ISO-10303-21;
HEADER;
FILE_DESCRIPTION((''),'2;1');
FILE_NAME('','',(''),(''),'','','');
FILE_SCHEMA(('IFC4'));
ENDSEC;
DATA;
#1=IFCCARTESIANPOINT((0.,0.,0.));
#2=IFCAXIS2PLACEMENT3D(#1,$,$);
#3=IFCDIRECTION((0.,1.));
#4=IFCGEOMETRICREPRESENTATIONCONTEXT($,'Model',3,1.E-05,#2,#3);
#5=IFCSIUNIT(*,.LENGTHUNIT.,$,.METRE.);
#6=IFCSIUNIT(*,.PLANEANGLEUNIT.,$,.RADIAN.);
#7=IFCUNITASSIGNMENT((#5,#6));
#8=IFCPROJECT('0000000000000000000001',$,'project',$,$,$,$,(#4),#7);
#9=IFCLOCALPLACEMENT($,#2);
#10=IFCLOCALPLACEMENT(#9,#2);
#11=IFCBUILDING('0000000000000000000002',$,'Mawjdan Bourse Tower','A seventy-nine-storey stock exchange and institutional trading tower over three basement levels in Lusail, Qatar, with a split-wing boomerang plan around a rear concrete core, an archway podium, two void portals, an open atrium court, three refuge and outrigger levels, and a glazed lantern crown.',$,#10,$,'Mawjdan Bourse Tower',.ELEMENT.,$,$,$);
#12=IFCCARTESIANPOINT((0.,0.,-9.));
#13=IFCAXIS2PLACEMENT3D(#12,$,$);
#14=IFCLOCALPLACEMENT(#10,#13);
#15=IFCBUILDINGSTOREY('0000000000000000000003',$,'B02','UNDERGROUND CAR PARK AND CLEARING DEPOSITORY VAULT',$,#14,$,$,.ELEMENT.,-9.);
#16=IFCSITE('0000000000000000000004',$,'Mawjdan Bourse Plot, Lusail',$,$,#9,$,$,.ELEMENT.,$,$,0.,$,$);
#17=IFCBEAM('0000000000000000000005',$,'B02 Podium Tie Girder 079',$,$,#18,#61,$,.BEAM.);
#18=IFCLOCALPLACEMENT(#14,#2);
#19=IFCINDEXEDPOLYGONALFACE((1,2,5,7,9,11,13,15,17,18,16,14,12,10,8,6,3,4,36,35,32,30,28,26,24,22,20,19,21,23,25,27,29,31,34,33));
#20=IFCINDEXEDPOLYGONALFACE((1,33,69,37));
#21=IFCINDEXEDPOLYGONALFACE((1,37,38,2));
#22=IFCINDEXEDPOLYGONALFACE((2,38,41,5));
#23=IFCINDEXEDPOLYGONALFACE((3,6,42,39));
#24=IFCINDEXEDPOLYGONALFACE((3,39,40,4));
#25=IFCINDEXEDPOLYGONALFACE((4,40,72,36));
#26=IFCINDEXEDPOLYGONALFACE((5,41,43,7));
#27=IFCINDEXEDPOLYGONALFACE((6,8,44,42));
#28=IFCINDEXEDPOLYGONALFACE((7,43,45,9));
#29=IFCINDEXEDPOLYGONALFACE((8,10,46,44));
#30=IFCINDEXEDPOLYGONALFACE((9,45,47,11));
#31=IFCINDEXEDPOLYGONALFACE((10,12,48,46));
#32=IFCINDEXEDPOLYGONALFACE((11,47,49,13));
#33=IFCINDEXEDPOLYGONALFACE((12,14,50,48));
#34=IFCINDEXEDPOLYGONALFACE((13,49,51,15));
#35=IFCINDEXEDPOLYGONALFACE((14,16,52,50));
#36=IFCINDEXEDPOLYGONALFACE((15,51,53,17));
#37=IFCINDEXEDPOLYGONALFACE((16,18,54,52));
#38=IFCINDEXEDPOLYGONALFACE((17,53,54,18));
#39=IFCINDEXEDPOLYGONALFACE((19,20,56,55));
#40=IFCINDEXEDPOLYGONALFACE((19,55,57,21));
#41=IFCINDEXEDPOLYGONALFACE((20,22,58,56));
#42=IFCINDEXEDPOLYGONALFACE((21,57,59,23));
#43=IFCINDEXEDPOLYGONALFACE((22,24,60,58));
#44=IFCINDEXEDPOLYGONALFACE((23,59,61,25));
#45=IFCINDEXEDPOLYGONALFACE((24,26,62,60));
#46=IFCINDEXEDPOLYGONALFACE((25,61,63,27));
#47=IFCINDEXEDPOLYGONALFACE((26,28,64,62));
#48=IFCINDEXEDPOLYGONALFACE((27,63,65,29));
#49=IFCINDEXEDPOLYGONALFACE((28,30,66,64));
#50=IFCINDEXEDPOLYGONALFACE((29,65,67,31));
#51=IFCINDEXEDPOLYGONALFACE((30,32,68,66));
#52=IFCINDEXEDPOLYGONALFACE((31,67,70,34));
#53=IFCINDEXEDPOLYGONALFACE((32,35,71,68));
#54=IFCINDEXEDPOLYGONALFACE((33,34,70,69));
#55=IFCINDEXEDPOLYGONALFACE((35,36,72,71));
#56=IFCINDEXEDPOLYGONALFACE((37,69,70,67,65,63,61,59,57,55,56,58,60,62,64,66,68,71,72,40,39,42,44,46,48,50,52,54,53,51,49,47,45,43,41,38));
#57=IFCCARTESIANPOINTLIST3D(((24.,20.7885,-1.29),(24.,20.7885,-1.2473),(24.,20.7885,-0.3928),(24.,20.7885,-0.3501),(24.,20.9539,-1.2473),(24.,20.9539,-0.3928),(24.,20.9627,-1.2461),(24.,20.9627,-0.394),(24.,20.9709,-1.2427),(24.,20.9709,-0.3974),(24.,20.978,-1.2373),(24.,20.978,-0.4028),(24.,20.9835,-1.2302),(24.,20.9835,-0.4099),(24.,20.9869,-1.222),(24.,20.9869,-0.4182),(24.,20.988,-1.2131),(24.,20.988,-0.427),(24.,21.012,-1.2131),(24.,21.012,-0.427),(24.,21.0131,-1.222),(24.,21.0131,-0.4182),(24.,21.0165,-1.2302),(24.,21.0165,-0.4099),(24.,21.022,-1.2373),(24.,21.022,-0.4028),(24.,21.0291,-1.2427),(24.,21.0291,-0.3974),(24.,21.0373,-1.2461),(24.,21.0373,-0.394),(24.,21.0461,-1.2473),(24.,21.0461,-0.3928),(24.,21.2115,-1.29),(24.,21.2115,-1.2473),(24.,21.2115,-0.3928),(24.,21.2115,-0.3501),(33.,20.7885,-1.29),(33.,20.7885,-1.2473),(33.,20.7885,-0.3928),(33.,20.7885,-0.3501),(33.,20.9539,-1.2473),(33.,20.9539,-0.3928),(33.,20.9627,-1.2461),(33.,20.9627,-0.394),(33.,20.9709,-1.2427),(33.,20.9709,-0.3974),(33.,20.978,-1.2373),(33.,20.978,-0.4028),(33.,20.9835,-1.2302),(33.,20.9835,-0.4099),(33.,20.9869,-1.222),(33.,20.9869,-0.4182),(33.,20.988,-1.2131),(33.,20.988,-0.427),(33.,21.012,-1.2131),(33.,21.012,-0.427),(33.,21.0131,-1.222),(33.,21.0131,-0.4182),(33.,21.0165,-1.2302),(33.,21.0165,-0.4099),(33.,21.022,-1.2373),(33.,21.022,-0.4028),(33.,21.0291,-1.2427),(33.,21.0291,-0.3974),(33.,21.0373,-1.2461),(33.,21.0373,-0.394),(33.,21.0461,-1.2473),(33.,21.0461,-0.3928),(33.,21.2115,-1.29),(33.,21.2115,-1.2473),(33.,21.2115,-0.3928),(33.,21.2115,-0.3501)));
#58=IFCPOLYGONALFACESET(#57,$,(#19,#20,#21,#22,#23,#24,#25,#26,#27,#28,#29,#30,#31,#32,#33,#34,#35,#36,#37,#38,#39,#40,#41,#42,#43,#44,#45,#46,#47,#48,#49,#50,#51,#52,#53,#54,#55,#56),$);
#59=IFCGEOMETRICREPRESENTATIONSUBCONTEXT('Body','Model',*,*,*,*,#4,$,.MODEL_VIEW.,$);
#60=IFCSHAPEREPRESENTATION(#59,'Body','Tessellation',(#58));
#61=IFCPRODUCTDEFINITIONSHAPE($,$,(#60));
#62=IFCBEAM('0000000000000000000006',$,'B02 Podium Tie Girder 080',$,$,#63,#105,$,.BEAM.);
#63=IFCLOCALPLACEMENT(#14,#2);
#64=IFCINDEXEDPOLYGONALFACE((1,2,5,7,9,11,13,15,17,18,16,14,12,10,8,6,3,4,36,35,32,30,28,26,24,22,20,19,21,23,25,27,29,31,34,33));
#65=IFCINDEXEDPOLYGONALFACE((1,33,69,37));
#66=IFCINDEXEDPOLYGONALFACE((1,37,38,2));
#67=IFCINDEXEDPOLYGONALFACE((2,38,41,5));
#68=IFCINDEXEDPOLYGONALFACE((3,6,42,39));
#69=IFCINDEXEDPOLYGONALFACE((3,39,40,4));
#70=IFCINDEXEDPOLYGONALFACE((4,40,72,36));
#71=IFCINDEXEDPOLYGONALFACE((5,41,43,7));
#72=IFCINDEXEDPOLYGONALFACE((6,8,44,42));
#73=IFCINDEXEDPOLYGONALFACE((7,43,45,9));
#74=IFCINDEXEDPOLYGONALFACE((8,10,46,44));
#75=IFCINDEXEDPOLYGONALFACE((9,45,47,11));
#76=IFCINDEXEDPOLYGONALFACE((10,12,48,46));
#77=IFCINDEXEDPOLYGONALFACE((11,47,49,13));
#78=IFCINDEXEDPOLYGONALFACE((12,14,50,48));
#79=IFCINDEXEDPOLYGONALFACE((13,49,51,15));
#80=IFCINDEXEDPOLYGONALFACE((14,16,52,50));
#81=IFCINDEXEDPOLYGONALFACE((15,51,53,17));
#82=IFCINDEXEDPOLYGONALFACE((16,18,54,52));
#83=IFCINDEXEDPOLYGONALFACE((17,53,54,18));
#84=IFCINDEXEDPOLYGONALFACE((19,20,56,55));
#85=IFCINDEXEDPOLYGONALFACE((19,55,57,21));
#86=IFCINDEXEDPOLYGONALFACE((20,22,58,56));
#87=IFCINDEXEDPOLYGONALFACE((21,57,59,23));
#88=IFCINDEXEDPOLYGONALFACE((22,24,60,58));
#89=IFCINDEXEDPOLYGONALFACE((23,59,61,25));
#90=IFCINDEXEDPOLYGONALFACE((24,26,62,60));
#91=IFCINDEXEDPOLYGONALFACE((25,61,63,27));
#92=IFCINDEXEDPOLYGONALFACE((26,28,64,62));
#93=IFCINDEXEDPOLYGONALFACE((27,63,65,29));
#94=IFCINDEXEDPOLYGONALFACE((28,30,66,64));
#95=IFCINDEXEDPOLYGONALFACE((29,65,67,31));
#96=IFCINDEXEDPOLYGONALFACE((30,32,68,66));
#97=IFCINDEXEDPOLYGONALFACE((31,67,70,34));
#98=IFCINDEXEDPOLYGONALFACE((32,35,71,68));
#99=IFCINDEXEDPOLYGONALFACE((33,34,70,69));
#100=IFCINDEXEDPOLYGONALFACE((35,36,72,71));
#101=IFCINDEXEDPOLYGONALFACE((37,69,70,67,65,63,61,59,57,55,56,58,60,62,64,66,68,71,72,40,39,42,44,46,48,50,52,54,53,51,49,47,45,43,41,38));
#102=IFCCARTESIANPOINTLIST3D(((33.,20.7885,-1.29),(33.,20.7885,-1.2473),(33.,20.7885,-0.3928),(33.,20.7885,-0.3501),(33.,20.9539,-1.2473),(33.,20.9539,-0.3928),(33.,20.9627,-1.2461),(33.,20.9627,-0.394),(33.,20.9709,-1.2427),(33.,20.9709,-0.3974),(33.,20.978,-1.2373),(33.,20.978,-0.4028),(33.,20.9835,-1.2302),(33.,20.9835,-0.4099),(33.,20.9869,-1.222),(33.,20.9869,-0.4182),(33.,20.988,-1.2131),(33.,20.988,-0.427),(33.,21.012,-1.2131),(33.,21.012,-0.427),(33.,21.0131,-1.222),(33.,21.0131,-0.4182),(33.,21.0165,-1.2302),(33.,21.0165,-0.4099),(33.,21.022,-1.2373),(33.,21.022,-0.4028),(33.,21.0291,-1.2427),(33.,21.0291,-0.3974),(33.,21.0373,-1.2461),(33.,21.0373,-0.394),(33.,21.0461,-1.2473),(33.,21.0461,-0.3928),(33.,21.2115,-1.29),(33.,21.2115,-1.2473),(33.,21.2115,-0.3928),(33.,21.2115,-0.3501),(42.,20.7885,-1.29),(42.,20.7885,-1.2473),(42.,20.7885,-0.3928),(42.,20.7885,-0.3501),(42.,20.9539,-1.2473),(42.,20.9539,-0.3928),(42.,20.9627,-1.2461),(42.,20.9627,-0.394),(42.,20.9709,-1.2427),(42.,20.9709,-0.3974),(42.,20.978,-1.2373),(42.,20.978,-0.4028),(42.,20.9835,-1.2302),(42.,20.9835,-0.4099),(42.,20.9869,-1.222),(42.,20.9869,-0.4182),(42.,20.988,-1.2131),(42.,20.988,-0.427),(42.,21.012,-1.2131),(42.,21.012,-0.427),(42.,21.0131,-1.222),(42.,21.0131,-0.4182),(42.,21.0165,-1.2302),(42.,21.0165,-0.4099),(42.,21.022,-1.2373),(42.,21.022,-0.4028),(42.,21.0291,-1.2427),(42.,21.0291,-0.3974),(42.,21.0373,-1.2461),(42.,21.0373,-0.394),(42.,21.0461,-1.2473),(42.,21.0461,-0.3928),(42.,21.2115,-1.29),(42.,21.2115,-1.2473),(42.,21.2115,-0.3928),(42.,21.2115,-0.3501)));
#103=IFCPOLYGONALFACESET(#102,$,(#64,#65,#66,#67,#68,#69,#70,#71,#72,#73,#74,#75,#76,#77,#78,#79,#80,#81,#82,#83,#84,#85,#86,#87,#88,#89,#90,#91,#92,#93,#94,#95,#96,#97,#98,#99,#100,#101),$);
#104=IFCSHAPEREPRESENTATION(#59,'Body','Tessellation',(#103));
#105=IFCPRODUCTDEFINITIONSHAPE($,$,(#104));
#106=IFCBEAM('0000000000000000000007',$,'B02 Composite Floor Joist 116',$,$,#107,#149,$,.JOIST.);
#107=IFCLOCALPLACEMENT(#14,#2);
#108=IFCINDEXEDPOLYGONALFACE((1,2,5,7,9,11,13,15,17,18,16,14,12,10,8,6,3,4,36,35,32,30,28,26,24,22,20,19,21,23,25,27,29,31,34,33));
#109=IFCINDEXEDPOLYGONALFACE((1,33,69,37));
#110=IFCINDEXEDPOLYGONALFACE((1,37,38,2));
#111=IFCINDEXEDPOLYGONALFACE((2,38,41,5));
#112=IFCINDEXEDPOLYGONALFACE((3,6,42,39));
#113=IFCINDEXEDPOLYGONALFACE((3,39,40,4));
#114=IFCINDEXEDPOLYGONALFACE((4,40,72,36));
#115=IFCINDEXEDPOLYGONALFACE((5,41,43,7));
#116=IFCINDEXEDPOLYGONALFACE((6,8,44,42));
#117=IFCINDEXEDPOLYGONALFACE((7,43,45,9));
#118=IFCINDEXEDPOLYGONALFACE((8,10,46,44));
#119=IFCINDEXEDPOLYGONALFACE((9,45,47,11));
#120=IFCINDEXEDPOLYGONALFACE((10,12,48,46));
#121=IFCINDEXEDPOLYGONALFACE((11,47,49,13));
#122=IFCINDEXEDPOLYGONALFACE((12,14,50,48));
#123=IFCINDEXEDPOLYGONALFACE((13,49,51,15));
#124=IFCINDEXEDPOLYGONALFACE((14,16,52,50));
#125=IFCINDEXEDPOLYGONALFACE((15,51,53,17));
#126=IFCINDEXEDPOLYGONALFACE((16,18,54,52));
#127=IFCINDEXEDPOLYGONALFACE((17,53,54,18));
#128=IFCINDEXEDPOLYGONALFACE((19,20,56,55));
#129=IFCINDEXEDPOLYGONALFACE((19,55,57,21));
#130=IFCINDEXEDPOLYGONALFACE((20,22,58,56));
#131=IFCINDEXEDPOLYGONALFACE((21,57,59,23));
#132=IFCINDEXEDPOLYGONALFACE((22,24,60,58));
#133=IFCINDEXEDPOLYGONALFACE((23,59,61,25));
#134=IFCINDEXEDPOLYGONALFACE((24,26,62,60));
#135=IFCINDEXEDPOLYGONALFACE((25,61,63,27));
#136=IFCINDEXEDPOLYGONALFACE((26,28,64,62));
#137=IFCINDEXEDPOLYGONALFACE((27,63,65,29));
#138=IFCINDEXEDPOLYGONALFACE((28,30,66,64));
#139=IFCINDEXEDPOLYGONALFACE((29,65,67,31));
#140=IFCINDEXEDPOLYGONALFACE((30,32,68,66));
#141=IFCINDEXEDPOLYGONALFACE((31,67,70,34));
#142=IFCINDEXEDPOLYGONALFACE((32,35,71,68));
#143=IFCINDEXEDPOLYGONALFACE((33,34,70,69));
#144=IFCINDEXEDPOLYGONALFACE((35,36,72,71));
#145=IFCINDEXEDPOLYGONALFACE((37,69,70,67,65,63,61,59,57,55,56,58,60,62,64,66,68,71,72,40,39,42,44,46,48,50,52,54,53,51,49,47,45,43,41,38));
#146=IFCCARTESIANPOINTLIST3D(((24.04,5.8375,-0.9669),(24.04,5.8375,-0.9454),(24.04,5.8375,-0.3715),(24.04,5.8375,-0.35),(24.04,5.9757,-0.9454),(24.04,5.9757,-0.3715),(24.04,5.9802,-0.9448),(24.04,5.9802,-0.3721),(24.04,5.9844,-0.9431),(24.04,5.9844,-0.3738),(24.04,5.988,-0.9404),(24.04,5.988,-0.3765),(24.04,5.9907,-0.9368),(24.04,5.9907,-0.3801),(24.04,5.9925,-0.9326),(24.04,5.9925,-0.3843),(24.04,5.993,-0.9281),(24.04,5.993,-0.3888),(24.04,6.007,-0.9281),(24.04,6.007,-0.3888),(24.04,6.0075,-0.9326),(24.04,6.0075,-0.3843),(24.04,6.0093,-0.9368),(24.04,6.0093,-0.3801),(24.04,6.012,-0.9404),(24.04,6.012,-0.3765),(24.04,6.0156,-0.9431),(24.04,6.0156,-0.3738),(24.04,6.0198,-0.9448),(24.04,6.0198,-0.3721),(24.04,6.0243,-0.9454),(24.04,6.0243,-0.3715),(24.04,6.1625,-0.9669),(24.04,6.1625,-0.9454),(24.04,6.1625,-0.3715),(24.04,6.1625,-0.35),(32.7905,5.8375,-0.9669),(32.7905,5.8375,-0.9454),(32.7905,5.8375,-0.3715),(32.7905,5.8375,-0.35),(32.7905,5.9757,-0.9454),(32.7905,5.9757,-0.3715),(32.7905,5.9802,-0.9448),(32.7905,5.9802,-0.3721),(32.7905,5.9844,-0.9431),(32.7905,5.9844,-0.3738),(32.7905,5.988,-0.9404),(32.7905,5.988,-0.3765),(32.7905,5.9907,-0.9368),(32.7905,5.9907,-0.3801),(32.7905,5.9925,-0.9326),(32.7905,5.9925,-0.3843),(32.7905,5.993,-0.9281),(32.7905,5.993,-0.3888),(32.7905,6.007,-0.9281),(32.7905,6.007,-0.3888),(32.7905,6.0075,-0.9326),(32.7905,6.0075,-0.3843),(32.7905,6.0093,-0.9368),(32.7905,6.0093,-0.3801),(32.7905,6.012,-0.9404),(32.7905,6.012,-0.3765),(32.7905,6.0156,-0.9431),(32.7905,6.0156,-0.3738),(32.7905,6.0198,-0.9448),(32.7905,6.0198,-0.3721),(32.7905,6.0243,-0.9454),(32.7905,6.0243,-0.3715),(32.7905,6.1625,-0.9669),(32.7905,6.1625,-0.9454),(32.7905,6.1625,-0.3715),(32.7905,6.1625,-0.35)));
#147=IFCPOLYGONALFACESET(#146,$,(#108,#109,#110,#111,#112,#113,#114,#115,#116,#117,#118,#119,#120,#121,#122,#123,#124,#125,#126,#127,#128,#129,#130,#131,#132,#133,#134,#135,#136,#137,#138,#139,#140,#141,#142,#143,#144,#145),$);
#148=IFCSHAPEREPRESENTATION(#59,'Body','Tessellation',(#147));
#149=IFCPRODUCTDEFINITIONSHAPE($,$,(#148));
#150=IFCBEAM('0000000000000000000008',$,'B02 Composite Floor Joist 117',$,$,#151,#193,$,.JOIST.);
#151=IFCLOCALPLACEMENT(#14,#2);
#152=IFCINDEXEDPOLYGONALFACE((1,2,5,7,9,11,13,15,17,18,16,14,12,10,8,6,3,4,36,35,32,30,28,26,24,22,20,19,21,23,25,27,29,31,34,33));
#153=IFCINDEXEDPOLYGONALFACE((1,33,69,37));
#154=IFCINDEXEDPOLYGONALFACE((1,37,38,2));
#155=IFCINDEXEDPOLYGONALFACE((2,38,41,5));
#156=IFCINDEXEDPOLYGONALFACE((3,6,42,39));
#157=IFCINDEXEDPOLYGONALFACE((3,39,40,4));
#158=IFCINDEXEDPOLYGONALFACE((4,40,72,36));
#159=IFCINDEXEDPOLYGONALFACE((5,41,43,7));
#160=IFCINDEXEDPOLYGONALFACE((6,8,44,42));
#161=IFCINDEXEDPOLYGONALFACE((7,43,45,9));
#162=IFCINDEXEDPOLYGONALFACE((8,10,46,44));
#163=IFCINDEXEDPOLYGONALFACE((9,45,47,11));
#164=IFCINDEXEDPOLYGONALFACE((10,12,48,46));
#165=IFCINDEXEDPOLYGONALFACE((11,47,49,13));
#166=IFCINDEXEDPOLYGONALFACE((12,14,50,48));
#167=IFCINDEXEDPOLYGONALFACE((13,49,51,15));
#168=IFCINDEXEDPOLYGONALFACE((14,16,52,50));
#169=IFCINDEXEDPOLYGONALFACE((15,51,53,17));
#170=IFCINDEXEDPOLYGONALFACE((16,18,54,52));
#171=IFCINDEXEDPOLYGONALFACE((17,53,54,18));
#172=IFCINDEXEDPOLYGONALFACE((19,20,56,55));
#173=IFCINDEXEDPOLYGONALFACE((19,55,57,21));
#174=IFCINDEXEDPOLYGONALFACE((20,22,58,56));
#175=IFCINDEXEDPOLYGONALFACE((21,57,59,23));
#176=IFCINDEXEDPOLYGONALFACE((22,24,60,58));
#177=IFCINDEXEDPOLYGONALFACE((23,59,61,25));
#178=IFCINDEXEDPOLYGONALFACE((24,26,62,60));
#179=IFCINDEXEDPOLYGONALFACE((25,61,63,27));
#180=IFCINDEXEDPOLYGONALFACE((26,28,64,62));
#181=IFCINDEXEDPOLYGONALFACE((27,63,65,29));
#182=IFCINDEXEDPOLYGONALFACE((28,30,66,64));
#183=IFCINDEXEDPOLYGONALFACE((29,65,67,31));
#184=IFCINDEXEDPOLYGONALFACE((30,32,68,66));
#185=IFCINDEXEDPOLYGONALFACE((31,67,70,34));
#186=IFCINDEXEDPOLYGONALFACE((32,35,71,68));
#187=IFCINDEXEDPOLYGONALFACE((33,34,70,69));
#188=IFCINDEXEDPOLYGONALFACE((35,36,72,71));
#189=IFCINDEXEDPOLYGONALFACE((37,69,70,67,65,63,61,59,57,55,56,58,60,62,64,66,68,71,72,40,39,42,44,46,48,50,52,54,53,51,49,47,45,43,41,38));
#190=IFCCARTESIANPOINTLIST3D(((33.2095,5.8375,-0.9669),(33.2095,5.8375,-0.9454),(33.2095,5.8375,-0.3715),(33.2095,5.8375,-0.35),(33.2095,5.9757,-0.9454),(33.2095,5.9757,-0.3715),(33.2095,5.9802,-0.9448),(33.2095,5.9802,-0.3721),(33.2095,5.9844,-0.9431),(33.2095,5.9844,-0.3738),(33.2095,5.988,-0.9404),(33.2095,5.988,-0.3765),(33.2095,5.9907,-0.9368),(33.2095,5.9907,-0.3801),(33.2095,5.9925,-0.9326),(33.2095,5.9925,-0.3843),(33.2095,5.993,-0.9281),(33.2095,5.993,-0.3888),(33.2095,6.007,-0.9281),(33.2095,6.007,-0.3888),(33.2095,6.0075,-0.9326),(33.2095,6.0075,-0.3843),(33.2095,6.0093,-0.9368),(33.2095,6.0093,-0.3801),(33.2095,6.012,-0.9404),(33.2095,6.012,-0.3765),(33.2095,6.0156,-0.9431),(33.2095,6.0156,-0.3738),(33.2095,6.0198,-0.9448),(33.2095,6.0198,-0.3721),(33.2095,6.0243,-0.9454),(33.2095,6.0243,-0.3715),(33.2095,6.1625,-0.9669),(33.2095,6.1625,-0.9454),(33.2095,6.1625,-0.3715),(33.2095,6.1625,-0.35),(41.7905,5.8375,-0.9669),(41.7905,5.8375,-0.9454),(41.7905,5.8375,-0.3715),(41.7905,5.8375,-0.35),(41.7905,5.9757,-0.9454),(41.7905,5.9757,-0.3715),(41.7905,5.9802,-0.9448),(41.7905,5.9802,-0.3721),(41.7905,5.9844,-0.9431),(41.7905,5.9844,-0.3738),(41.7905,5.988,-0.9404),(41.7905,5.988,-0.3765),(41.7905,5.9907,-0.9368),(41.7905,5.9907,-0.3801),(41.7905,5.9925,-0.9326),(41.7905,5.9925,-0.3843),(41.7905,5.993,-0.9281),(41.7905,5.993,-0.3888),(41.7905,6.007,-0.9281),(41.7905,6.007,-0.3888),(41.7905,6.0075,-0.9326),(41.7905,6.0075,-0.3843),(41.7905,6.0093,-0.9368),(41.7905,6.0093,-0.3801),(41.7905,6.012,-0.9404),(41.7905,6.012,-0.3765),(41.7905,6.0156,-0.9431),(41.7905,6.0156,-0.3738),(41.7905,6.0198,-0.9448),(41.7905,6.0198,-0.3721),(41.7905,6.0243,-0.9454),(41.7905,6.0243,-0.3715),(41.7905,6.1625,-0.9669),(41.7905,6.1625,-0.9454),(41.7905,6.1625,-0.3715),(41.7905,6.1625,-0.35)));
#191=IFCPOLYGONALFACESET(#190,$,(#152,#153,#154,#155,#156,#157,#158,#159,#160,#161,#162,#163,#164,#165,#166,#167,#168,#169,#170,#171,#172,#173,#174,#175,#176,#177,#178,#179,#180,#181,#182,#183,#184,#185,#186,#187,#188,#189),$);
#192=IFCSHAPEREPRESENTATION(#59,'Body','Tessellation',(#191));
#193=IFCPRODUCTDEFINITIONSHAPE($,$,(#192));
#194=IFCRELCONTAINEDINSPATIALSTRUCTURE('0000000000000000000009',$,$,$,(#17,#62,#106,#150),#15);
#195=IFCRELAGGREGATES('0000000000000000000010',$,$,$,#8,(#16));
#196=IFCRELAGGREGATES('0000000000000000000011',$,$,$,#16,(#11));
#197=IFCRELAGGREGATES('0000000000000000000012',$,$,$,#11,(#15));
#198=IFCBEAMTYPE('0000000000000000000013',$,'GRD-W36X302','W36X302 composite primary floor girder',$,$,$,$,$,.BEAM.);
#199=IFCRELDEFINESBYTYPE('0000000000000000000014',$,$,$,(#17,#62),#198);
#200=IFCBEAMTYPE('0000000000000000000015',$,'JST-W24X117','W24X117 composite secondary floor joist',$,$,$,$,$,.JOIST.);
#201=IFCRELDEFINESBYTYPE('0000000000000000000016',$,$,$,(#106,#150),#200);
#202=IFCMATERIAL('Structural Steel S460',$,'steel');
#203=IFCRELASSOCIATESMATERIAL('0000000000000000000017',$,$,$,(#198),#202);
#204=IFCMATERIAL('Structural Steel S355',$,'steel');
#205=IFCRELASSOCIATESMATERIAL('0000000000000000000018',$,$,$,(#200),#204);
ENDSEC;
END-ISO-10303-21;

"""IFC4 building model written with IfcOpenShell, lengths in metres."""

from ifc_helpers import new_model, si_unit, direction, frame, origin, origin_2d, place, context, subcontext, project, spatial, i_section, extrude, material, material_profile, profile_set, type_object, element, save


model = new_model("IFC4")

# Units and contexts
model_context = context("Model", 3, precision=1e-05, world=origin(), true_north=direction((0.0, 1.0)))
body_context = subcontext(model_context, "Body", "Model", "MODEL_VIEW")
ifc_project = project(units=[si_unit("LENGTHUNIT", "METRE"), si_unit("PLANEANGLEUNIT", "RADIAN")], contexts=[model_context])

# Site, building, storey
site_placement = place(None, origin())
site = spatial("IfcSite", under=ifc_project, at=site_placement, Name="Mawjdan Bourse Plot, Lusail", CompositionType="ELEMENT", RefElevation=0.0)
building_placement = place(site_placement, origin())
building = spatial("IfcBuilding", under=site, at=building_placement, Name="Mawjdan Bourse Tower", Description="A seventy-nine-storey stock exchange and institutional trading tower over three basement levels in Lusail, Qatar, with a split-wing boomerang plan around a rear concrete core, an archway podium, two void portals, an open atrium court, three refuge and outrigger levels, and a glazed lantern crown.", LongName="Mawjdan Bourse Tower", CompositionType="ELEMENT")
storey_placement = place(building_placement, frame((0.0, 0.0, -9.0)))
storey = spatial("IfcBuildingStorey", under=building, at=storey_placement, Name="B02", Description="UNDERGROUND CAR PARK AND CLEARING DEPOSITORY VAULT", CompositionType="ELEMENT", Elevation=-9.0)

# Beams
ifc_material_1 = material(Name="Structural Steel S460", Category="steel")
ifc_material_profile_1 = material_profile(ifc_material_1, i_section(OverallWidth=0.4231, OverallDepth=0.9399, WebThickness=0.0239, FlangeThickness=0.0427, FilletRadius=0.0342, at=origin_2d()), Name="W36X302")
ifc_profile_set_1 = profile_set([ifc_material_profile_1], Name="Structural Steel S460")
beam_type_1 = type_object("IfcBeamType", Name="GRD-W36X302", Description="W36X302 composite primary floor girder", PredefinedType="BEAM", material=ifc_profile_set_1)
for number, where, z_axis, x_axis, name in (
    (1, (24.0, 21.0, -0.8201), (1.0, 0.0, 0.0), (0.0, 1.0, 0.0), "B02 Podium Tie Girder 079"),
    (2, (33.0, 21.0, -0.8201), (1.0, 0.0, 0.0), (0.0, 1.0, 0.0), "B02 Podium Tie Girder 080"),
):
    element("IfcBeam", number, at=place(storey_placement, frame(where, z_axis=z_axis, x_axis=x_axis)), inside=storey, type_object=beam_type_1, Name=name, PredefinedType="BEAM", context=body_context, shape_type="SweptSolid", body=[
        extrude(i_section(OverallWidth=0.4231, OverallDepth=0.9399, WebThickness=0.0239, FlangeThickness=0.0427, FilletRadius=0.0342, at=origin_2d()), origin(), (0.0, 0.0, 1.0), 9.0),
    ])
ifc_material_2 = material(Name="Structural Steel S355", Category="steel")
ifc_material_profile_2 = material_profile(ifc_material_2, i_section(OverallWidth=0.325, OverallDepth=0.6169, WebThickness=0.0139, FlangeThickness=0.0215, FilletRadius=0.0173, at=origin_2d()), Name="W24X117")
ifc_profile_set_2 = profile_set([ifc_material_profile_2], Name="Structural Steel S355")
beam_type_2 = type_object("IfcBeamType", Name="JST-W24X117", Description="W24X117 composite secondary floor joist", PredefinedType="JOIST", material=ifc_profile_set_2)
beam_1_placement = place(storey_placement, frame((24.04, 6.0, -0.6584), z_axis=(1.0, 0.0, 0.0), x_axis=(0.0, 1.0, 0.0)))
element("IfcBeam", 3, at=beam_1_placement, inside=storey, type_object=beam_type_2, Name="B02 Composite Floor Joist 116", PredefinedType="JOIST", context=body_context, shape_type="SweptSolid", body=[
    extrude(i_section(OverallWidth=0.325, OverallDepth=0.6169, WebThickness=0.0139, FlangeThickness=0.0215, FilletRadius=0.0173, at=origin_2d()), origin(), (0.0, 0.0, 1.0), 8.7505),
])
beam_2_placement = place(storey_placement, frame((33.2095, 6.0, -0.6584), z_axis=(1.0, 0.0, 0.0), x_axis=(0.0, 1.0, 0.0)))
element("IfcBeam", 4, at=beam_2_placement, inside=storey, type_object=beam_type_2, Name="B02 Composite Floor Joist 117", PredefinedType="JOIST", context=body_context, shape_type="SweptSolid", body=[
    extrude(i_section(OverallWidth=0.325, OverallDepth=0.6169, WebThickness=0.0139, FlangeThickness=0.0215, FilletRadius=0.0173, at=origin_2d()), origin(), (0.0, 0.0, 1.0), 8.5811),
])

save(model, "model.ifc")
